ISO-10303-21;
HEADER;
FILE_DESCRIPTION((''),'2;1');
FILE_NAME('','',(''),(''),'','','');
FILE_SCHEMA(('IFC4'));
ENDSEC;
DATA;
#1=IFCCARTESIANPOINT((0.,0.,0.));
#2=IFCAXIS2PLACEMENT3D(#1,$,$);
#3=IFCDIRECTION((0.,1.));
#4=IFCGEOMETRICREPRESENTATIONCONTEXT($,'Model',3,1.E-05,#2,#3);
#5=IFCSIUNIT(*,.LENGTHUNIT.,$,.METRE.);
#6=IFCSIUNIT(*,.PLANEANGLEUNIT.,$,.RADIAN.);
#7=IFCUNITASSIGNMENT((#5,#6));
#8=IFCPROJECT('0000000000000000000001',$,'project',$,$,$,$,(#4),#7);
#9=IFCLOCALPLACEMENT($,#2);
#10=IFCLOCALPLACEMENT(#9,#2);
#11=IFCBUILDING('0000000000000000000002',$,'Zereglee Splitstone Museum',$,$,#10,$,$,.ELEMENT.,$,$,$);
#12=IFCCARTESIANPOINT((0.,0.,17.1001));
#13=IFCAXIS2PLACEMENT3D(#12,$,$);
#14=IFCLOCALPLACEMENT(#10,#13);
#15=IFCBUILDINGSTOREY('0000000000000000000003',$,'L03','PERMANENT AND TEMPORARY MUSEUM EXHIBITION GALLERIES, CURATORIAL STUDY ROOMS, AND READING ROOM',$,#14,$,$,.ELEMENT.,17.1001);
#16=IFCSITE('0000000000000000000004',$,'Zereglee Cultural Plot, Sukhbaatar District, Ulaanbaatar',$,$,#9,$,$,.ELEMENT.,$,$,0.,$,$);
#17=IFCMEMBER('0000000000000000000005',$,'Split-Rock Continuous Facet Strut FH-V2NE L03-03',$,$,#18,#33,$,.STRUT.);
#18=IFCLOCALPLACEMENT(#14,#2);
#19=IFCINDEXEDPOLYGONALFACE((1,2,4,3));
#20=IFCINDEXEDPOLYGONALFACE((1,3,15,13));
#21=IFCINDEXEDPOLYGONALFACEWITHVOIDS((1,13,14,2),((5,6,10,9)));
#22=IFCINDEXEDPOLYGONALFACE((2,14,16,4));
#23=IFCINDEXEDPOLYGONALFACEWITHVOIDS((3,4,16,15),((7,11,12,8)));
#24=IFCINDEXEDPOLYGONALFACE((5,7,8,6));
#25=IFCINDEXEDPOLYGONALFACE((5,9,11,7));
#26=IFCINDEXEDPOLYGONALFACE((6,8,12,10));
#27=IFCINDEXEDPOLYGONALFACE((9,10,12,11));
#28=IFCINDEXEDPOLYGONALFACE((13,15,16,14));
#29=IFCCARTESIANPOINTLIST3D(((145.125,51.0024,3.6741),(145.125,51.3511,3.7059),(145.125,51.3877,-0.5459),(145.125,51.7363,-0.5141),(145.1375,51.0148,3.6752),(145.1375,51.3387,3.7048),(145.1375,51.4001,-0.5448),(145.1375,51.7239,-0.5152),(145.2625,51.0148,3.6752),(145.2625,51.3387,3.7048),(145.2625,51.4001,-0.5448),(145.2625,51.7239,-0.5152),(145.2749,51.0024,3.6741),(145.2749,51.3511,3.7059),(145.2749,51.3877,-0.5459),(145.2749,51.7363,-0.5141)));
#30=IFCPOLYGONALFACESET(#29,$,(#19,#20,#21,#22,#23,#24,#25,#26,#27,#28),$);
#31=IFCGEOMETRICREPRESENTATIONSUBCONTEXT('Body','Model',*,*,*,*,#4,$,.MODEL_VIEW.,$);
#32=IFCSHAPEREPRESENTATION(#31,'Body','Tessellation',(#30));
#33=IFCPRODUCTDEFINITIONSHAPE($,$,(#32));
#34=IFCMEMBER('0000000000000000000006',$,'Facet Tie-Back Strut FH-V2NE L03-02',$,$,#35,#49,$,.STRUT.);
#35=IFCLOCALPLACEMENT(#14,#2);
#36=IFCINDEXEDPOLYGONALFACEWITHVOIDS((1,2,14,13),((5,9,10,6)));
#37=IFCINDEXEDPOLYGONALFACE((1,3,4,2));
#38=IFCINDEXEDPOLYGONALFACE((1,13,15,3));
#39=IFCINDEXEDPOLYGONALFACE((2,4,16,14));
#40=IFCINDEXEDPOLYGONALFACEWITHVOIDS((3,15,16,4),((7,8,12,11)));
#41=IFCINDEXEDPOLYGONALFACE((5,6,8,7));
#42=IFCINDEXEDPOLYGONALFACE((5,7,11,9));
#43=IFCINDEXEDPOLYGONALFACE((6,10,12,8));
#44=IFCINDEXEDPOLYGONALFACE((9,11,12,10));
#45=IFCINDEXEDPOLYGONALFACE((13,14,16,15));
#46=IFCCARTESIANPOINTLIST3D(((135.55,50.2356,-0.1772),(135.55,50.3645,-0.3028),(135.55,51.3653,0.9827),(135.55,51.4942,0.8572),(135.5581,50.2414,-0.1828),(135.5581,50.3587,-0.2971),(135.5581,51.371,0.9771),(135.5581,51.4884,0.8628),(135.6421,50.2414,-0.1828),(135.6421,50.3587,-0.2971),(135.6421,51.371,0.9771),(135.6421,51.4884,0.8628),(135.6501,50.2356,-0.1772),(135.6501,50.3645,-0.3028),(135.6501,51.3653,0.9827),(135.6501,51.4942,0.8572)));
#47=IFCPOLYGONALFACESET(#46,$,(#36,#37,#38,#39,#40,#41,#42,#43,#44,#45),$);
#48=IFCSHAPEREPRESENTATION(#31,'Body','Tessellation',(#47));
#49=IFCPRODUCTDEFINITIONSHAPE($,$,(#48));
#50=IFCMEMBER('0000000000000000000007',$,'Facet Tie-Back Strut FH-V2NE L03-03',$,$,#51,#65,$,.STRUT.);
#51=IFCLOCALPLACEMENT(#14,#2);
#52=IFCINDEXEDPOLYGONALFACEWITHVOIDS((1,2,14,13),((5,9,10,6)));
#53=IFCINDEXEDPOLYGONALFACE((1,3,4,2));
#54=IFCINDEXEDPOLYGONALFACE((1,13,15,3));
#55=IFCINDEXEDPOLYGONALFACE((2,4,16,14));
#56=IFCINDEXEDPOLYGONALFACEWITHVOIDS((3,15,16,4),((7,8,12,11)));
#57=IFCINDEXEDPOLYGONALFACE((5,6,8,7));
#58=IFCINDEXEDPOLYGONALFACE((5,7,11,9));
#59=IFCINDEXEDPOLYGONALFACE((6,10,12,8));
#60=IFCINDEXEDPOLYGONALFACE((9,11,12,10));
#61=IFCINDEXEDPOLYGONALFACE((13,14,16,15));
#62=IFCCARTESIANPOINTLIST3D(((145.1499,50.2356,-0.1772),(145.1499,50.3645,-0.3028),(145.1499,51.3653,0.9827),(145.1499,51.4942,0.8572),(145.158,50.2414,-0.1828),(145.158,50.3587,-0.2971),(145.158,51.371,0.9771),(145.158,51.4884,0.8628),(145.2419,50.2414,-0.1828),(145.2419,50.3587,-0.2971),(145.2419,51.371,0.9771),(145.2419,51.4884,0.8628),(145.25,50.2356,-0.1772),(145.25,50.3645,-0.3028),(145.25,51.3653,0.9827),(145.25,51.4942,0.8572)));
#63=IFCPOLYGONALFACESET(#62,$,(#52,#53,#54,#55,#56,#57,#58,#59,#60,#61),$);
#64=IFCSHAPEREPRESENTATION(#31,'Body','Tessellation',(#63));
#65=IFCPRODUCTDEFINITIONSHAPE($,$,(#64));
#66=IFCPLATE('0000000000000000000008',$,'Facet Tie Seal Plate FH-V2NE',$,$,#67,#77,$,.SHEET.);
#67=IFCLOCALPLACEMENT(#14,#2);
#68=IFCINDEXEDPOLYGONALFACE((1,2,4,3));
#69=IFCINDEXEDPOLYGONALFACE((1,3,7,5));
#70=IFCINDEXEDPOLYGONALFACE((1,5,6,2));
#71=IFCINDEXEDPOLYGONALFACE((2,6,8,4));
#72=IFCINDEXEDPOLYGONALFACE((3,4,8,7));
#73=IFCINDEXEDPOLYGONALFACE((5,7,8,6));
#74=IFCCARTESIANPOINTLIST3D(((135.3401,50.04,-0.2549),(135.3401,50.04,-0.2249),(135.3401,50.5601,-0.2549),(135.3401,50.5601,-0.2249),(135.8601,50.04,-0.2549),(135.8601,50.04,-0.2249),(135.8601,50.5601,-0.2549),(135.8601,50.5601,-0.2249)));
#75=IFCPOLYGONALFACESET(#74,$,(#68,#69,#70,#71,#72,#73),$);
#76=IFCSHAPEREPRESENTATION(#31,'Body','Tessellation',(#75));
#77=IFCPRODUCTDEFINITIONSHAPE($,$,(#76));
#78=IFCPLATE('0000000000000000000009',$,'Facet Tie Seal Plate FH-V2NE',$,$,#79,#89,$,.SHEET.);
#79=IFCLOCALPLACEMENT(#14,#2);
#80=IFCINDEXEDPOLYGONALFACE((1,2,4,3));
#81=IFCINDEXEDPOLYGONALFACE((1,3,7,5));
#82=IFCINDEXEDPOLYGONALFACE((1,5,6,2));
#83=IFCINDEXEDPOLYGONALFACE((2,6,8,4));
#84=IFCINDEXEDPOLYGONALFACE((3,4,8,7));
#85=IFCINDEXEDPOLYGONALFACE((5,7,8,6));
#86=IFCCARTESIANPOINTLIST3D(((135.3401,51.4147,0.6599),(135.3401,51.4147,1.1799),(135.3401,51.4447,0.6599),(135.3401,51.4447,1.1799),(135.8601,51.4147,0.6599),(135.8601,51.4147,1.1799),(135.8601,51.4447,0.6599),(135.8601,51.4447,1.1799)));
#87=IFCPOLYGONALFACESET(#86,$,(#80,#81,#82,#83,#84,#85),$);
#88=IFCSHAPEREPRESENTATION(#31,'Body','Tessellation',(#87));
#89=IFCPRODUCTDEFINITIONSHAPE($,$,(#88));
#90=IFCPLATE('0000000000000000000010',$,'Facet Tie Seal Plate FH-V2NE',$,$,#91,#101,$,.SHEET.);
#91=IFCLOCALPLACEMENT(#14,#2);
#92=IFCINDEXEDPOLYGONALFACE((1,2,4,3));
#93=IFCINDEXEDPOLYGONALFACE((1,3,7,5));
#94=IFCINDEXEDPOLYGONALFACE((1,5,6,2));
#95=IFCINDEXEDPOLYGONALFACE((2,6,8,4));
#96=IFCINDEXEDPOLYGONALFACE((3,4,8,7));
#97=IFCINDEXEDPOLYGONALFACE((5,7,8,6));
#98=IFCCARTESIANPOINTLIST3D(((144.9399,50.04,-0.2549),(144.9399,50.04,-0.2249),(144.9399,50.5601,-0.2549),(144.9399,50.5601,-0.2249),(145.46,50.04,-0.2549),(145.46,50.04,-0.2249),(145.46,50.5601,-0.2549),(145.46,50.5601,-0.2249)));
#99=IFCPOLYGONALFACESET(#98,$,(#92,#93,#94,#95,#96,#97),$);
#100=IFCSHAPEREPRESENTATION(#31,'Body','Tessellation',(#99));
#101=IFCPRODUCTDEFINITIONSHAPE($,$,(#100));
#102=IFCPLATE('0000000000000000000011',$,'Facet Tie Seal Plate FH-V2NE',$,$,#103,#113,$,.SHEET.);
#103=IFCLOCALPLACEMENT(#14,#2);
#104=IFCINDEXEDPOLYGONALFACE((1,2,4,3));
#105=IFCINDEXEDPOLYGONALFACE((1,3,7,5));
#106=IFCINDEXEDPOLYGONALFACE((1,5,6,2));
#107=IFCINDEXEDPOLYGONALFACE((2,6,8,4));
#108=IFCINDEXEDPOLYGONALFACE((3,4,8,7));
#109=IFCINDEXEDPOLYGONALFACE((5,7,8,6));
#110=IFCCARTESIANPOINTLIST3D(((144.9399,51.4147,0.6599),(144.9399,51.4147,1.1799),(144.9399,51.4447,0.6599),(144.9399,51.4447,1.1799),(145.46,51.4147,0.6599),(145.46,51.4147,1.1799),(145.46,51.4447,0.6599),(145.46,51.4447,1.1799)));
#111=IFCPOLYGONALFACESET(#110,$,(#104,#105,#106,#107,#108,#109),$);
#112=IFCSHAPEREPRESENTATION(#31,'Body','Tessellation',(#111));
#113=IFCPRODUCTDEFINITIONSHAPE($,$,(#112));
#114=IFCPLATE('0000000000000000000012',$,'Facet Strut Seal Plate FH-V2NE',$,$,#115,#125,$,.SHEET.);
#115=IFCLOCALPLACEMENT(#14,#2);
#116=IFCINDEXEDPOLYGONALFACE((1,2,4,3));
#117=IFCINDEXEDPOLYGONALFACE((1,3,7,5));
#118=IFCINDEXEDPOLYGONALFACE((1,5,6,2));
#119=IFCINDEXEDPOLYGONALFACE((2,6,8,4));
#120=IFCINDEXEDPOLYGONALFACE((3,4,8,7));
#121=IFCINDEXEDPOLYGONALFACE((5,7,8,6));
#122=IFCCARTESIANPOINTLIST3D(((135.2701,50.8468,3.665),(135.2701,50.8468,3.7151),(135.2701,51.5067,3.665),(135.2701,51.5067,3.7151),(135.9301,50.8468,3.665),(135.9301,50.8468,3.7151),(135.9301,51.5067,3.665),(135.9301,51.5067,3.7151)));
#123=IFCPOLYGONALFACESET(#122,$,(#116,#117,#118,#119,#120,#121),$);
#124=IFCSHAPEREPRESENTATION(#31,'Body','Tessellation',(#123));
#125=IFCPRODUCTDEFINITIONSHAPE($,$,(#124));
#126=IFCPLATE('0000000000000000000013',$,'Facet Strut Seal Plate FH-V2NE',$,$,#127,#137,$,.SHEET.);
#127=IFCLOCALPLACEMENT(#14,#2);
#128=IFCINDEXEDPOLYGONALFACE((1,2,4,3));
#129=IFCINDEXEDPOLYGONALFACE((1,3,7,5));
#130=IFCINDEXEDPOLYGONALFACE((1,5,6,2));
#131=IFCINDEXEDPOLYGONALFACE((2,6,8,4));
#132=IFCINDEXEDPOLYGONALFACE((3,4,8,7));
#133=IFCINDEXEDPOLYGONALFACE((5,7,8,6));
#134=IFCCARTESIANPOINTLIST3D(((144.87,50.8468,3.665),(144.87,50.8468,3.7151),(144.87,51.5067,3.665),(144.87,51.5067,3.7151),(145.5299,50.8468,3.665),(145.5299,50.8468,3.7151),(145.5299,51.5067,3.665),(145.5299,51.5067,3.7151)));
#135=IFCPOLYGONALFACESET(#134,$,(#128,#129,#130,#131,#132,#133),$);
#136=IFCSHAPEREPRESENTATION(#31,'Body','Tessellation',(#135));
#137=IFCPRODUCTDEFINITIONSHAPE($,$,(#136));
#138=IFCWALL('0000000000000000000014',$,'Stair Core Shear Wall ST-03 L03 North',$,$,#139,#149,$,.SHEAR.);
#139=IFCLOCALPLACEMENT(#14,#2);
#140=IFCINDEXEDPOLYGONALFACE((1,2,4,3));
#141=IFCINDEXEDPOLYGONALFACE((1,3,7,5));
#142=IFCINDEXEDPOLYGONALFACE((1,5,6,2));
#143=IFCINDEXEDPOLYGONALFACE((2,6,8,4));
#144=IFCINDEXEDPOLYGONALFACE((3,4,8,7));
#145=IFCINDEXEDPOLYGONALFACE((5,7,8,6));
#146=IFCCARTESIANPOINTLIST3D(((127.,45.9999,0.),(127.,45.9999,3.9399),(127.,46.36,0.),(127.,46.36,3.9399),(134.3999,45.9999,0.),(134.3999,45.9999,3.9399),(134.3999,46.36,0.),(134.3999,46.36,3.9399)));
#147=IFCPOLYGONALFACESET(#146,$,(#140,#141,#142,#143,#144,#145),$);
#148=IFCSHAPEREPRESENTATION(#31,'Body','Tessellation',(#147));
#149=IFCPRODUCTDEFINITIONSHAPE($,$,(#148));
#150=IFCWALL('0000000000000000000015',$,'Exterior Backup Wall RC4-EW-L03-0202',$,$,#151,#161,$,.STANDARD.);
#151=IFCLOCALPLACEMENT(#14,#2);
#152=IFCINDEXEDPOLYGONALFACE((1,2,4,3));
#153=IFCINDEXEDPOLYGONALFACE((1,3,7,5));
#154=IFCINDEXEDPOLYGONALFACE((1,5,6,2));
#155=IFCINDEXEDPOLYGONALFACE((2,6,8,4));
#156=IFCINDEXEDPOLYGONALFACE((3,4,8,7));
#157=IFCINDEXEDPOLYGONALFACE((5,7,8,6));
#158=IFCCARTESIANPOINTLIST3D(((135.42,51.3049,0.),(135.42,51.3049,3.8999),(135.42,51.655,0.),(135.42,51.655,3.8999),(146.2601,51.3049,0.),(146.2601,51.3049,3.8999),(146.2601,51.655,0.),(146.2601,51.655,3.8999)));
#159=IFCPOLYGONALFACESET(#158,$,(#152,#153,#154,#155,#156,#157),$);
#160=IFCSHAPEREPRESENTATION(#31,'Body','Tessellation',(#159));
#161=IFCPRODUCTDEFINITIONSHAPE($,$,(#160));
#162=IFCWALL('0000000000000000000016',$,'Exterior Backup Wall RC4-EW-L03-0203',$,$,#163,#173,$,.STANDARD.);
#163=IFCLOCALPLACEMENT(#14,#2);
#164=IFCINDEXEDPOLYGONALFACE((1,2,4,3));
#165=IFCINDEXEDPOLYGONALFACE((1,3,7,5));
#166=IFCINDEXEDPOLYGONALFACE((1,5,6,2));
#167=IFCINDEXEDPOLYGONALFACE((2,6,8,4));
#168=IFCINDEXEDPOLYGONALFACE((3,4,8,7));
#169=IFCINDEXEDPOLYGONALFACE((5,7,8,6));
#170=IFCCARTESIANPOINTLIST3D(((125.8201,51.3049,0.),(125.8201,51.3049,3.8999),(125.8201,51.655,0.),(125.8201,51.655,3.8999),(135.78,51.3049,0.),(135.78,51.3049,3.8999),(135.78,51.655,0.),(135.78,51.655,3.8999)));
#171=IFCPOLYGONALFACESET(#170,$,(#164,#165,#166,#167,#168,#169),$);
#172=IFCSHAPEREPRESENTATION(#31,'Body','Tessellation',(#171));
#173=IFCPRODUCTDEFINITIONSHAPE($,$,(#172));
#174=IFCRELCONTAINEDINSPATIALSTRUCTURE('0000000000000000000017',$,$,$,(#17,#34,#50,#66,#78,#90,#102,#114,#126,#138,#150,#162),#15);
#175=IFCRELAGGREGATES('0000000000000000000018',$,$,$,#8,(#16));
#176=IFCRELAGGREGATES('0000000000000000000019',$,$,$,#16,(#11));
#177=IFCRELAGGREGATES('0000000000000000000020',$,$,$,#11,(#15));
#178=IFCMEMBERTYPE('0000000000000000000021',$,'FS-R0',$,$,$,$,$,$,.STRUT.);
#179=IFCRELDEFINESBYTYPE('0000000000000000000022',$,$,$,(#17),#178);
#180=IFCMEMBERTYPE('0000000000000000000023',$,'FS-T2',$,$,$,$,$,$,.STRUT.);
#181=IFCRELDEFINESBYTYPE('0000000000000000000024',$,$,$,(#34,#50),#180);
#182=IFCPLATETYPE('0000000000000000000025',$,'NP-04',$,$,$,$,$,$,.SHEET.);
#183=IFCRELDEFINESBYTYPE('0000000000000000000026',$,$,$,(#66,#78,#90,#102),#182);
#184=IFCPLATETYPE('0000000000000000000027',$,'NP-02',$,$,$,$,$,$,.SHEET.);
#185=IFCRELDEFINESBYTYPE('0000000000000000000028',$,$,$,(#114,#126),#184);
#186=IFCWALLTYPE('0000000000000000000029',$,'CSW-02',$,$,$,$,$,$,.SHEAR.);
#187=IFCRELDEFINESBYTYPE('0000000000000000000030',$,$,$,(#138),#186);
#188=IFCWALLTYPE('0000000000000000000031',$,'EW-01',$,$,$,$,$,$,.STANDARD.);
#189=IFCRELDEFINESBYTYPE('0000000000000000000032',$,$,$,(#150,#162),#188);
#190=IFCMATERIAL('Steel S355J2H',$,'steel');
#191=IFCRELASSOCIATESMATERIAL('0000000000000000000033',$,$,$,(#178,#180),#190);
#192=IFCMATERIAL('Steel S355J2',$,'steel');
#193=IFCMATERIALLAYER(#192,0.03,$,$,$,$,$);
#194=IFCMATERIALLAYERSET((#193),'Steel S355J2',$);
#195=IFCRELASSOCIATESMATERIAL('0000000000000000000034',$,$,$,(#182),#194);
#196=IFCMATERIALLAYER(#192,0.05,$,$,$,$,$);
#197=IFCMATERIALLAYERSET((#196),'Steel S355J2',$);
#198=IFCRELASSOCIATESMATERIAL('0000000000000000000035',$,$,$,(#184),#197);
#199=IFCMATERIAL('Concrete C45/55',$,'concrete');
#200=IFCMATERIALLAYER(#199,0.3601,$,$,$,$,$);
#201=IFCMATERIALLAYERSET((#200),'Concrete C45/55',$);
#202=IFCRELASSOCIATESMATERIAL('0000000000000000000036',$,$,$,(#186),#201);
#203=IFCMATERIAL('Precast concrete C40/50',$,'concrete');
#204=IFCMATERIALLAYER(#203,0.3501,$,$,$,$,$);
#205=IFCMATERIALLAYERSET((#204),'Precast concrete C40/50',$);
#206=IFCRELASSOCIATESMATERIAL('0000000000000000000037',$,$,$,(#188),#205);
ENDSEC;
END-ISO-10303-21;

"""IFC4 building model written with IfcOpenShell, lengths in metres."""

from ifc_helpers import new_model, si_unit, direction, frame, frame_2d, origin, origin_2d, place, context, subcontext, project, spatial, rectangle, hollow_rectangle, extrude, material, layer, layer_set, material_profile, profile_set, type_object, element, save


model = new_model("IFC4")

# Units and contexts
model_context = context("Model", 3, precision=1e-05, world=origin(), true_north=direction((0.0, 1.0)))
body_context = subcontext(model_context, "Body", "Model", "MODEL_VIEW")
ifc_project = project(units=[si_unit("LENGTHUNIT", "METRE"), si_unit("PLANEANGLEUNIT", "RADIAN")], contexts=[model_context])

# Site, building, storey
site_placement = place(None, origin())
site = spatial("IfcSite", under=ifc_project, at=site_placement, Name="Zereglee Cultural Plot, Sukhbaatar District, Ulaanbaatar", CompositionType="ELEMENT", RefElevation=0.0)
building_placement = place(site_placement, origin())
building = spatial("IfcBuilding", under=site, at=building_placement, Name="Zereglee Splitstone Museum", CompositionType="ELEMENT")
storey_placement = place(building_placement, frame((0.0, 0.0, 17.1001)))
storey = spatial("IfcBuildingStorey", under=building, at=storey_placement, Name="L03", Description="PERMANENT AND TEMPORARY MUSEUM EXHIBITION GALLERIES, CURATORIAL STUDY ROOMS, AND READING ROOM", CompositionType="ELEMENT", Elevation=17.1001)

# Shared definitions
ifc_material_1 = material(Name="Steel S355J2", Category="steel")
ifc_material_2 = material(Name="Steel S355J2H", Category="steel")

# Members
ifc_material_profile_1 = material_profile(ifc_material_2, hollow_rectangle(XDim=0.1499, YDim=0.3501, WallThickness=0.0125, at=origin_2d()), Name="RHS 350x150x12.5")
ifc_profile_set_1 = profile_set([ifc_material_profile_1], Name="Steel S355J2H")
member_type_1 = type_object("IfcMemberType", Name="FS-R0", PredefinedType="STRUT", material=ifc_profile_set_1)
for number, where, z_axis, x_axis, name in (
    (1, (145.2, 51.562, -0.53), (0.0, -0.090915, 0.995859), (1.0, 0.0, 0.0), "Split-Rock Continuous Facet Strut FH-V2NE L03-03"),
):
    element("IfcMember", number, at=place(storey_placement, frame(where, z_axis=z_axis, x_axis=x_axis)), inside=storey, type_object=member_type_1, Name=name, PredefinedType="STRUT", context=body_context, shape_type="SweptSolid", body=[
        extrude(hollow_rectangle(XDim=0.1499, YDim=0.3501, WallThickness=0.0125, at=origin_2d()), origin(), (0.0, 0.0, 1.0), 4.2375),
    ])
ifc_material_profile_2 = material_profile(ifc_material_2, hollow_rectangle(XDim=0.1001, YDim=0.1799, WallThickness=0.0081, at=origin_2d()), Name="RHS 180x100x8")
ifc_profile_set_2 = profile_set([ifc_material_profile_2], Name="Steel S355J2H")
member_type_2 = type_object("IfcMemberType", Name="FS-T2", PredefinedType="STRUT", material=ifc_profile_set_2)
for number, where, z_axis, x_axis, name in (
    (2, (135.6001, 50.3, -0.24), (0.0, 0.697696, 0.716394), (-1.0, 0.0, 0.0), "Facet Tie-Back Strut FH-V2NE L03-02"),
    (3, (145.2, 50.3, -0.24), (0.0, 0.697696, 0.716394), (-1.0, 0.0, 0.0), "Facet Tie-Back Strut FH-V2NE L03-03"),
):
    element("IfcMember", number, at=place(storey_placement, frame(where, z_axis=z_axis, x_axis=x_axis)), inside=storey, type_object=member_type_2, Name=name, PredefinedType="STRUT", context=body_context, shape_type="SweptSolid", body=[
        extrude(hollow_rectangle(XDim=0.1001, YDim=0.1799, WallThickness=0.0081, at=origin_2d()), origin(), (0.0, 0.0, 1.0), 1.6191),
    ])

# Plates
ifc_layer_1 = layer(ifc_material_1, 0.03)
ifc_layer_set_1 = layer_set([ifc_layer_1], Name="Steel S355J2")
plate_type_1 = type_object("IfcPlateType", Name="NP-04", PredefinedType="SHEET", material=ifc_layer_set_1)
plate_1_placement = place(storey_placement, frame((135.6001, 50.3, -0.2549), z_axis=(0.0, 0.0, 1.0), x_axis=(1.0, 0.0, 0.0)))
element("IfcPlate", 4, at=plate_1_placement, inside=storey, type_object=plate_type_1, Name="Facet Tie Seal Plate FH-V2NE", PredefinedType="SHEET", context=body_context, shape_type="SweptSolid", body=[
    extrude(rectangle(XDim=0.52, YDim=0.52, at=origin_2d()), origin(), (0.0, 0.0, 1.0), 0.03),
])
plate_2_placement = place(storey_placement, frame((135.6001, 51.4297, 0.6599), z_axis=(0.0, 0.0, 1.0), x_axis=(1.0, 0.0, 0.0)))
element("IfcPlate", 5, at=plate_2_placement, inside=storey, type_object=plate_type_1, Name="Facet Tie Seal Plate FH-V2NE", PredefinedType="SHEET", context=body_context, shape_type="SweptSolid", body=[
    extrude(rectangle(XDim=0.52, YDim=0.03, at=origin_2d()), origin(), (0.0, 0.0, 1.0), 0.52),
])
plate_3_placement = place(storey_placement, frame((145.2, 50.3, -0.2549), z_axis=(0.0, 0.0, 1.0), x_axis=(1.0, 0.0, 0.0)))
element("IfcPlate", 6, at=plate_3_placement, inside=storey, type_object=plate_type_1, Name="Facet Tie Seal Plate FH-V2NE", PredefinedType="SHEET", context=body_context, shape_type="SweptSolid", body=[
    extrude(rectangle(XDim=0.52, YDim=0.52, at=origin_2d()), origin(), (0.0, 0.0, 1.0), 0.03),
])
plate_4_placement = place(storey_placement, frame((145.2, 51.4297, 0.6599), z_axis=(0.0, 0.0, 1.0), x_axis=(1.0, 0.0, 0.0)))
element("IfcPlate", 7, at=plate_4_placement, inside=storey, type_object=plate_type_1, Name="Facet Tie Seal Plate FH-V2NE", PredefinedType="SHEET", context=body_context, shape_type="SweptSolid", body=[
    extrude(rectangle(XDim=0.52, YDim=0.03, at=origin_2d()), origin(), (0.0, 0.0, 1.0), 0.52),
])
ifc_layer_2 = layer(ifc_material_1, 0.05)
ifc_layer_set_2 = layer_set([ifc_layer_2], Name="Steel S355J2")
plate_type_2 = type_object("IfcPlateType", Name="NP-02", PredefinedType="SHEET", material=ifc_layer_set_2)
for number, where, z_axis, x_axis, name in (
    (8, (135.6001, 51.1768, 3.665), (0.0, 0.0, 1.0), (1.0, 0.0, 0.0), "Facet Strut Seal Plate FH-V2NE"),
    (9, (145.2, 51.1768, 3.665), (0.0, 0.0, 1.0), (1.0, 0.0, 0.0), "Facet Strut Seal Plate FH-V2NE"),
):
    element("IfcPlate", number, at=place(storey_placement, frame(where, z_axis=z_axis, x_axis=x_axis)), inside=storey, type_object=plate_type_2, Name=name, PredefinedType="SHEET", context=body_context, shape_type="SweptSolid", body=[
        extrude(rectangle(XDim=0.6599, YDim=0.6599, at=origin_2d()), origin(), (0.0, 0.0, 1.0), 0.05),
    ])

# Walls
ifc_material_3 = material(Name="Concrete C45/55", Category="concrete")
ifc_layer_3 = layer(ifc_material_3, 0.3601)
ifc_layer_set_3 = layer_set([ifc_layer_3], Name="Concrete C45/55")
wall_type_1 = type_object("IfcWallType", Name="CSW-02", PredefinedType="SHEAR", material=ifc_layer_set_3)
wall_1_placement = place(storey_placement, frame((127.0, 46.1799, 0.0), z_axis=(0.0, 0.0, 1.0), x_axis=(1.0, 0.0, 0.0)))
element("IfcWall", 10, at=wall_1_placement, inside=storey, type_object=wall_type_1, Name="Stair Core Shear Wall ST-03 L03 North", PredefinedType="SHEAR", context=body_context, shape_type="SweptSolid", body=[
    extrude(rectangle(XDim=7.3999, YDim=0.3601, at=frame_2d((3.7, 0.0))), origin(), (0.0, 0.0, 1.0), 3.9399),
])
ifc_material_4 = material(Name="Precast concrete C40/50", Category="concrete")
ifc_layer_4 = layer(ifc_material_4, 0.3501)
ifc_layer_set_4 = layer_set([ifc_layer_4], Name="Precast concrete C40/50")
wall_type_2 = type_object("IfcWallType", Name="EW-01", PredefinedType="STANDARD", material=ifc_layer_set_4)
wall_2_placement = place(storey_placement, frame((146.26, 51.48, 0.0), z_axis=(0.0, 0.0, 1.0), x_axis=(-1.0, 0.0, 0.0)))
element("IfcWall", 11, at=wall_2_placement, inside=storey, type_object=wall_type_2, Name="Exterior Backup Wall RC4-EW-L03-0202", PredefinedType="STANDARD", context=body_context, shape_type="SweptSolid", body=[
    extrude(rectangle(XDim=10.8401, YDim=0.3501, at=frame_2d((5.4199, 0.0))), origin(), (0.0, 0.0, 1.0), 3.8999),
])
wall_3_placement = place(storey_placement, frame((135.78, 51.48, 0.0), z_axis=(0.0, 0.0, 1.0), x_axis=(-1.0, 0.0, 0.0)))
element("IfcWall", 12, at=wall_3_placement, inside=storey, type_object=wall_type_2, Name="Exterior Backup Wall RC4-EW-L03-0203", PredefinedType="STANDARD", context=body_context, shape_type="SweptSolid", body=[
    extrude(rectangle(XDim=9.96, YDim=0.3501, at=frame_2d((4.98, 0.0))), origin(), (0.0, 0.0, 1.0), 3.8999),
])

save(model, "model.ifc")
